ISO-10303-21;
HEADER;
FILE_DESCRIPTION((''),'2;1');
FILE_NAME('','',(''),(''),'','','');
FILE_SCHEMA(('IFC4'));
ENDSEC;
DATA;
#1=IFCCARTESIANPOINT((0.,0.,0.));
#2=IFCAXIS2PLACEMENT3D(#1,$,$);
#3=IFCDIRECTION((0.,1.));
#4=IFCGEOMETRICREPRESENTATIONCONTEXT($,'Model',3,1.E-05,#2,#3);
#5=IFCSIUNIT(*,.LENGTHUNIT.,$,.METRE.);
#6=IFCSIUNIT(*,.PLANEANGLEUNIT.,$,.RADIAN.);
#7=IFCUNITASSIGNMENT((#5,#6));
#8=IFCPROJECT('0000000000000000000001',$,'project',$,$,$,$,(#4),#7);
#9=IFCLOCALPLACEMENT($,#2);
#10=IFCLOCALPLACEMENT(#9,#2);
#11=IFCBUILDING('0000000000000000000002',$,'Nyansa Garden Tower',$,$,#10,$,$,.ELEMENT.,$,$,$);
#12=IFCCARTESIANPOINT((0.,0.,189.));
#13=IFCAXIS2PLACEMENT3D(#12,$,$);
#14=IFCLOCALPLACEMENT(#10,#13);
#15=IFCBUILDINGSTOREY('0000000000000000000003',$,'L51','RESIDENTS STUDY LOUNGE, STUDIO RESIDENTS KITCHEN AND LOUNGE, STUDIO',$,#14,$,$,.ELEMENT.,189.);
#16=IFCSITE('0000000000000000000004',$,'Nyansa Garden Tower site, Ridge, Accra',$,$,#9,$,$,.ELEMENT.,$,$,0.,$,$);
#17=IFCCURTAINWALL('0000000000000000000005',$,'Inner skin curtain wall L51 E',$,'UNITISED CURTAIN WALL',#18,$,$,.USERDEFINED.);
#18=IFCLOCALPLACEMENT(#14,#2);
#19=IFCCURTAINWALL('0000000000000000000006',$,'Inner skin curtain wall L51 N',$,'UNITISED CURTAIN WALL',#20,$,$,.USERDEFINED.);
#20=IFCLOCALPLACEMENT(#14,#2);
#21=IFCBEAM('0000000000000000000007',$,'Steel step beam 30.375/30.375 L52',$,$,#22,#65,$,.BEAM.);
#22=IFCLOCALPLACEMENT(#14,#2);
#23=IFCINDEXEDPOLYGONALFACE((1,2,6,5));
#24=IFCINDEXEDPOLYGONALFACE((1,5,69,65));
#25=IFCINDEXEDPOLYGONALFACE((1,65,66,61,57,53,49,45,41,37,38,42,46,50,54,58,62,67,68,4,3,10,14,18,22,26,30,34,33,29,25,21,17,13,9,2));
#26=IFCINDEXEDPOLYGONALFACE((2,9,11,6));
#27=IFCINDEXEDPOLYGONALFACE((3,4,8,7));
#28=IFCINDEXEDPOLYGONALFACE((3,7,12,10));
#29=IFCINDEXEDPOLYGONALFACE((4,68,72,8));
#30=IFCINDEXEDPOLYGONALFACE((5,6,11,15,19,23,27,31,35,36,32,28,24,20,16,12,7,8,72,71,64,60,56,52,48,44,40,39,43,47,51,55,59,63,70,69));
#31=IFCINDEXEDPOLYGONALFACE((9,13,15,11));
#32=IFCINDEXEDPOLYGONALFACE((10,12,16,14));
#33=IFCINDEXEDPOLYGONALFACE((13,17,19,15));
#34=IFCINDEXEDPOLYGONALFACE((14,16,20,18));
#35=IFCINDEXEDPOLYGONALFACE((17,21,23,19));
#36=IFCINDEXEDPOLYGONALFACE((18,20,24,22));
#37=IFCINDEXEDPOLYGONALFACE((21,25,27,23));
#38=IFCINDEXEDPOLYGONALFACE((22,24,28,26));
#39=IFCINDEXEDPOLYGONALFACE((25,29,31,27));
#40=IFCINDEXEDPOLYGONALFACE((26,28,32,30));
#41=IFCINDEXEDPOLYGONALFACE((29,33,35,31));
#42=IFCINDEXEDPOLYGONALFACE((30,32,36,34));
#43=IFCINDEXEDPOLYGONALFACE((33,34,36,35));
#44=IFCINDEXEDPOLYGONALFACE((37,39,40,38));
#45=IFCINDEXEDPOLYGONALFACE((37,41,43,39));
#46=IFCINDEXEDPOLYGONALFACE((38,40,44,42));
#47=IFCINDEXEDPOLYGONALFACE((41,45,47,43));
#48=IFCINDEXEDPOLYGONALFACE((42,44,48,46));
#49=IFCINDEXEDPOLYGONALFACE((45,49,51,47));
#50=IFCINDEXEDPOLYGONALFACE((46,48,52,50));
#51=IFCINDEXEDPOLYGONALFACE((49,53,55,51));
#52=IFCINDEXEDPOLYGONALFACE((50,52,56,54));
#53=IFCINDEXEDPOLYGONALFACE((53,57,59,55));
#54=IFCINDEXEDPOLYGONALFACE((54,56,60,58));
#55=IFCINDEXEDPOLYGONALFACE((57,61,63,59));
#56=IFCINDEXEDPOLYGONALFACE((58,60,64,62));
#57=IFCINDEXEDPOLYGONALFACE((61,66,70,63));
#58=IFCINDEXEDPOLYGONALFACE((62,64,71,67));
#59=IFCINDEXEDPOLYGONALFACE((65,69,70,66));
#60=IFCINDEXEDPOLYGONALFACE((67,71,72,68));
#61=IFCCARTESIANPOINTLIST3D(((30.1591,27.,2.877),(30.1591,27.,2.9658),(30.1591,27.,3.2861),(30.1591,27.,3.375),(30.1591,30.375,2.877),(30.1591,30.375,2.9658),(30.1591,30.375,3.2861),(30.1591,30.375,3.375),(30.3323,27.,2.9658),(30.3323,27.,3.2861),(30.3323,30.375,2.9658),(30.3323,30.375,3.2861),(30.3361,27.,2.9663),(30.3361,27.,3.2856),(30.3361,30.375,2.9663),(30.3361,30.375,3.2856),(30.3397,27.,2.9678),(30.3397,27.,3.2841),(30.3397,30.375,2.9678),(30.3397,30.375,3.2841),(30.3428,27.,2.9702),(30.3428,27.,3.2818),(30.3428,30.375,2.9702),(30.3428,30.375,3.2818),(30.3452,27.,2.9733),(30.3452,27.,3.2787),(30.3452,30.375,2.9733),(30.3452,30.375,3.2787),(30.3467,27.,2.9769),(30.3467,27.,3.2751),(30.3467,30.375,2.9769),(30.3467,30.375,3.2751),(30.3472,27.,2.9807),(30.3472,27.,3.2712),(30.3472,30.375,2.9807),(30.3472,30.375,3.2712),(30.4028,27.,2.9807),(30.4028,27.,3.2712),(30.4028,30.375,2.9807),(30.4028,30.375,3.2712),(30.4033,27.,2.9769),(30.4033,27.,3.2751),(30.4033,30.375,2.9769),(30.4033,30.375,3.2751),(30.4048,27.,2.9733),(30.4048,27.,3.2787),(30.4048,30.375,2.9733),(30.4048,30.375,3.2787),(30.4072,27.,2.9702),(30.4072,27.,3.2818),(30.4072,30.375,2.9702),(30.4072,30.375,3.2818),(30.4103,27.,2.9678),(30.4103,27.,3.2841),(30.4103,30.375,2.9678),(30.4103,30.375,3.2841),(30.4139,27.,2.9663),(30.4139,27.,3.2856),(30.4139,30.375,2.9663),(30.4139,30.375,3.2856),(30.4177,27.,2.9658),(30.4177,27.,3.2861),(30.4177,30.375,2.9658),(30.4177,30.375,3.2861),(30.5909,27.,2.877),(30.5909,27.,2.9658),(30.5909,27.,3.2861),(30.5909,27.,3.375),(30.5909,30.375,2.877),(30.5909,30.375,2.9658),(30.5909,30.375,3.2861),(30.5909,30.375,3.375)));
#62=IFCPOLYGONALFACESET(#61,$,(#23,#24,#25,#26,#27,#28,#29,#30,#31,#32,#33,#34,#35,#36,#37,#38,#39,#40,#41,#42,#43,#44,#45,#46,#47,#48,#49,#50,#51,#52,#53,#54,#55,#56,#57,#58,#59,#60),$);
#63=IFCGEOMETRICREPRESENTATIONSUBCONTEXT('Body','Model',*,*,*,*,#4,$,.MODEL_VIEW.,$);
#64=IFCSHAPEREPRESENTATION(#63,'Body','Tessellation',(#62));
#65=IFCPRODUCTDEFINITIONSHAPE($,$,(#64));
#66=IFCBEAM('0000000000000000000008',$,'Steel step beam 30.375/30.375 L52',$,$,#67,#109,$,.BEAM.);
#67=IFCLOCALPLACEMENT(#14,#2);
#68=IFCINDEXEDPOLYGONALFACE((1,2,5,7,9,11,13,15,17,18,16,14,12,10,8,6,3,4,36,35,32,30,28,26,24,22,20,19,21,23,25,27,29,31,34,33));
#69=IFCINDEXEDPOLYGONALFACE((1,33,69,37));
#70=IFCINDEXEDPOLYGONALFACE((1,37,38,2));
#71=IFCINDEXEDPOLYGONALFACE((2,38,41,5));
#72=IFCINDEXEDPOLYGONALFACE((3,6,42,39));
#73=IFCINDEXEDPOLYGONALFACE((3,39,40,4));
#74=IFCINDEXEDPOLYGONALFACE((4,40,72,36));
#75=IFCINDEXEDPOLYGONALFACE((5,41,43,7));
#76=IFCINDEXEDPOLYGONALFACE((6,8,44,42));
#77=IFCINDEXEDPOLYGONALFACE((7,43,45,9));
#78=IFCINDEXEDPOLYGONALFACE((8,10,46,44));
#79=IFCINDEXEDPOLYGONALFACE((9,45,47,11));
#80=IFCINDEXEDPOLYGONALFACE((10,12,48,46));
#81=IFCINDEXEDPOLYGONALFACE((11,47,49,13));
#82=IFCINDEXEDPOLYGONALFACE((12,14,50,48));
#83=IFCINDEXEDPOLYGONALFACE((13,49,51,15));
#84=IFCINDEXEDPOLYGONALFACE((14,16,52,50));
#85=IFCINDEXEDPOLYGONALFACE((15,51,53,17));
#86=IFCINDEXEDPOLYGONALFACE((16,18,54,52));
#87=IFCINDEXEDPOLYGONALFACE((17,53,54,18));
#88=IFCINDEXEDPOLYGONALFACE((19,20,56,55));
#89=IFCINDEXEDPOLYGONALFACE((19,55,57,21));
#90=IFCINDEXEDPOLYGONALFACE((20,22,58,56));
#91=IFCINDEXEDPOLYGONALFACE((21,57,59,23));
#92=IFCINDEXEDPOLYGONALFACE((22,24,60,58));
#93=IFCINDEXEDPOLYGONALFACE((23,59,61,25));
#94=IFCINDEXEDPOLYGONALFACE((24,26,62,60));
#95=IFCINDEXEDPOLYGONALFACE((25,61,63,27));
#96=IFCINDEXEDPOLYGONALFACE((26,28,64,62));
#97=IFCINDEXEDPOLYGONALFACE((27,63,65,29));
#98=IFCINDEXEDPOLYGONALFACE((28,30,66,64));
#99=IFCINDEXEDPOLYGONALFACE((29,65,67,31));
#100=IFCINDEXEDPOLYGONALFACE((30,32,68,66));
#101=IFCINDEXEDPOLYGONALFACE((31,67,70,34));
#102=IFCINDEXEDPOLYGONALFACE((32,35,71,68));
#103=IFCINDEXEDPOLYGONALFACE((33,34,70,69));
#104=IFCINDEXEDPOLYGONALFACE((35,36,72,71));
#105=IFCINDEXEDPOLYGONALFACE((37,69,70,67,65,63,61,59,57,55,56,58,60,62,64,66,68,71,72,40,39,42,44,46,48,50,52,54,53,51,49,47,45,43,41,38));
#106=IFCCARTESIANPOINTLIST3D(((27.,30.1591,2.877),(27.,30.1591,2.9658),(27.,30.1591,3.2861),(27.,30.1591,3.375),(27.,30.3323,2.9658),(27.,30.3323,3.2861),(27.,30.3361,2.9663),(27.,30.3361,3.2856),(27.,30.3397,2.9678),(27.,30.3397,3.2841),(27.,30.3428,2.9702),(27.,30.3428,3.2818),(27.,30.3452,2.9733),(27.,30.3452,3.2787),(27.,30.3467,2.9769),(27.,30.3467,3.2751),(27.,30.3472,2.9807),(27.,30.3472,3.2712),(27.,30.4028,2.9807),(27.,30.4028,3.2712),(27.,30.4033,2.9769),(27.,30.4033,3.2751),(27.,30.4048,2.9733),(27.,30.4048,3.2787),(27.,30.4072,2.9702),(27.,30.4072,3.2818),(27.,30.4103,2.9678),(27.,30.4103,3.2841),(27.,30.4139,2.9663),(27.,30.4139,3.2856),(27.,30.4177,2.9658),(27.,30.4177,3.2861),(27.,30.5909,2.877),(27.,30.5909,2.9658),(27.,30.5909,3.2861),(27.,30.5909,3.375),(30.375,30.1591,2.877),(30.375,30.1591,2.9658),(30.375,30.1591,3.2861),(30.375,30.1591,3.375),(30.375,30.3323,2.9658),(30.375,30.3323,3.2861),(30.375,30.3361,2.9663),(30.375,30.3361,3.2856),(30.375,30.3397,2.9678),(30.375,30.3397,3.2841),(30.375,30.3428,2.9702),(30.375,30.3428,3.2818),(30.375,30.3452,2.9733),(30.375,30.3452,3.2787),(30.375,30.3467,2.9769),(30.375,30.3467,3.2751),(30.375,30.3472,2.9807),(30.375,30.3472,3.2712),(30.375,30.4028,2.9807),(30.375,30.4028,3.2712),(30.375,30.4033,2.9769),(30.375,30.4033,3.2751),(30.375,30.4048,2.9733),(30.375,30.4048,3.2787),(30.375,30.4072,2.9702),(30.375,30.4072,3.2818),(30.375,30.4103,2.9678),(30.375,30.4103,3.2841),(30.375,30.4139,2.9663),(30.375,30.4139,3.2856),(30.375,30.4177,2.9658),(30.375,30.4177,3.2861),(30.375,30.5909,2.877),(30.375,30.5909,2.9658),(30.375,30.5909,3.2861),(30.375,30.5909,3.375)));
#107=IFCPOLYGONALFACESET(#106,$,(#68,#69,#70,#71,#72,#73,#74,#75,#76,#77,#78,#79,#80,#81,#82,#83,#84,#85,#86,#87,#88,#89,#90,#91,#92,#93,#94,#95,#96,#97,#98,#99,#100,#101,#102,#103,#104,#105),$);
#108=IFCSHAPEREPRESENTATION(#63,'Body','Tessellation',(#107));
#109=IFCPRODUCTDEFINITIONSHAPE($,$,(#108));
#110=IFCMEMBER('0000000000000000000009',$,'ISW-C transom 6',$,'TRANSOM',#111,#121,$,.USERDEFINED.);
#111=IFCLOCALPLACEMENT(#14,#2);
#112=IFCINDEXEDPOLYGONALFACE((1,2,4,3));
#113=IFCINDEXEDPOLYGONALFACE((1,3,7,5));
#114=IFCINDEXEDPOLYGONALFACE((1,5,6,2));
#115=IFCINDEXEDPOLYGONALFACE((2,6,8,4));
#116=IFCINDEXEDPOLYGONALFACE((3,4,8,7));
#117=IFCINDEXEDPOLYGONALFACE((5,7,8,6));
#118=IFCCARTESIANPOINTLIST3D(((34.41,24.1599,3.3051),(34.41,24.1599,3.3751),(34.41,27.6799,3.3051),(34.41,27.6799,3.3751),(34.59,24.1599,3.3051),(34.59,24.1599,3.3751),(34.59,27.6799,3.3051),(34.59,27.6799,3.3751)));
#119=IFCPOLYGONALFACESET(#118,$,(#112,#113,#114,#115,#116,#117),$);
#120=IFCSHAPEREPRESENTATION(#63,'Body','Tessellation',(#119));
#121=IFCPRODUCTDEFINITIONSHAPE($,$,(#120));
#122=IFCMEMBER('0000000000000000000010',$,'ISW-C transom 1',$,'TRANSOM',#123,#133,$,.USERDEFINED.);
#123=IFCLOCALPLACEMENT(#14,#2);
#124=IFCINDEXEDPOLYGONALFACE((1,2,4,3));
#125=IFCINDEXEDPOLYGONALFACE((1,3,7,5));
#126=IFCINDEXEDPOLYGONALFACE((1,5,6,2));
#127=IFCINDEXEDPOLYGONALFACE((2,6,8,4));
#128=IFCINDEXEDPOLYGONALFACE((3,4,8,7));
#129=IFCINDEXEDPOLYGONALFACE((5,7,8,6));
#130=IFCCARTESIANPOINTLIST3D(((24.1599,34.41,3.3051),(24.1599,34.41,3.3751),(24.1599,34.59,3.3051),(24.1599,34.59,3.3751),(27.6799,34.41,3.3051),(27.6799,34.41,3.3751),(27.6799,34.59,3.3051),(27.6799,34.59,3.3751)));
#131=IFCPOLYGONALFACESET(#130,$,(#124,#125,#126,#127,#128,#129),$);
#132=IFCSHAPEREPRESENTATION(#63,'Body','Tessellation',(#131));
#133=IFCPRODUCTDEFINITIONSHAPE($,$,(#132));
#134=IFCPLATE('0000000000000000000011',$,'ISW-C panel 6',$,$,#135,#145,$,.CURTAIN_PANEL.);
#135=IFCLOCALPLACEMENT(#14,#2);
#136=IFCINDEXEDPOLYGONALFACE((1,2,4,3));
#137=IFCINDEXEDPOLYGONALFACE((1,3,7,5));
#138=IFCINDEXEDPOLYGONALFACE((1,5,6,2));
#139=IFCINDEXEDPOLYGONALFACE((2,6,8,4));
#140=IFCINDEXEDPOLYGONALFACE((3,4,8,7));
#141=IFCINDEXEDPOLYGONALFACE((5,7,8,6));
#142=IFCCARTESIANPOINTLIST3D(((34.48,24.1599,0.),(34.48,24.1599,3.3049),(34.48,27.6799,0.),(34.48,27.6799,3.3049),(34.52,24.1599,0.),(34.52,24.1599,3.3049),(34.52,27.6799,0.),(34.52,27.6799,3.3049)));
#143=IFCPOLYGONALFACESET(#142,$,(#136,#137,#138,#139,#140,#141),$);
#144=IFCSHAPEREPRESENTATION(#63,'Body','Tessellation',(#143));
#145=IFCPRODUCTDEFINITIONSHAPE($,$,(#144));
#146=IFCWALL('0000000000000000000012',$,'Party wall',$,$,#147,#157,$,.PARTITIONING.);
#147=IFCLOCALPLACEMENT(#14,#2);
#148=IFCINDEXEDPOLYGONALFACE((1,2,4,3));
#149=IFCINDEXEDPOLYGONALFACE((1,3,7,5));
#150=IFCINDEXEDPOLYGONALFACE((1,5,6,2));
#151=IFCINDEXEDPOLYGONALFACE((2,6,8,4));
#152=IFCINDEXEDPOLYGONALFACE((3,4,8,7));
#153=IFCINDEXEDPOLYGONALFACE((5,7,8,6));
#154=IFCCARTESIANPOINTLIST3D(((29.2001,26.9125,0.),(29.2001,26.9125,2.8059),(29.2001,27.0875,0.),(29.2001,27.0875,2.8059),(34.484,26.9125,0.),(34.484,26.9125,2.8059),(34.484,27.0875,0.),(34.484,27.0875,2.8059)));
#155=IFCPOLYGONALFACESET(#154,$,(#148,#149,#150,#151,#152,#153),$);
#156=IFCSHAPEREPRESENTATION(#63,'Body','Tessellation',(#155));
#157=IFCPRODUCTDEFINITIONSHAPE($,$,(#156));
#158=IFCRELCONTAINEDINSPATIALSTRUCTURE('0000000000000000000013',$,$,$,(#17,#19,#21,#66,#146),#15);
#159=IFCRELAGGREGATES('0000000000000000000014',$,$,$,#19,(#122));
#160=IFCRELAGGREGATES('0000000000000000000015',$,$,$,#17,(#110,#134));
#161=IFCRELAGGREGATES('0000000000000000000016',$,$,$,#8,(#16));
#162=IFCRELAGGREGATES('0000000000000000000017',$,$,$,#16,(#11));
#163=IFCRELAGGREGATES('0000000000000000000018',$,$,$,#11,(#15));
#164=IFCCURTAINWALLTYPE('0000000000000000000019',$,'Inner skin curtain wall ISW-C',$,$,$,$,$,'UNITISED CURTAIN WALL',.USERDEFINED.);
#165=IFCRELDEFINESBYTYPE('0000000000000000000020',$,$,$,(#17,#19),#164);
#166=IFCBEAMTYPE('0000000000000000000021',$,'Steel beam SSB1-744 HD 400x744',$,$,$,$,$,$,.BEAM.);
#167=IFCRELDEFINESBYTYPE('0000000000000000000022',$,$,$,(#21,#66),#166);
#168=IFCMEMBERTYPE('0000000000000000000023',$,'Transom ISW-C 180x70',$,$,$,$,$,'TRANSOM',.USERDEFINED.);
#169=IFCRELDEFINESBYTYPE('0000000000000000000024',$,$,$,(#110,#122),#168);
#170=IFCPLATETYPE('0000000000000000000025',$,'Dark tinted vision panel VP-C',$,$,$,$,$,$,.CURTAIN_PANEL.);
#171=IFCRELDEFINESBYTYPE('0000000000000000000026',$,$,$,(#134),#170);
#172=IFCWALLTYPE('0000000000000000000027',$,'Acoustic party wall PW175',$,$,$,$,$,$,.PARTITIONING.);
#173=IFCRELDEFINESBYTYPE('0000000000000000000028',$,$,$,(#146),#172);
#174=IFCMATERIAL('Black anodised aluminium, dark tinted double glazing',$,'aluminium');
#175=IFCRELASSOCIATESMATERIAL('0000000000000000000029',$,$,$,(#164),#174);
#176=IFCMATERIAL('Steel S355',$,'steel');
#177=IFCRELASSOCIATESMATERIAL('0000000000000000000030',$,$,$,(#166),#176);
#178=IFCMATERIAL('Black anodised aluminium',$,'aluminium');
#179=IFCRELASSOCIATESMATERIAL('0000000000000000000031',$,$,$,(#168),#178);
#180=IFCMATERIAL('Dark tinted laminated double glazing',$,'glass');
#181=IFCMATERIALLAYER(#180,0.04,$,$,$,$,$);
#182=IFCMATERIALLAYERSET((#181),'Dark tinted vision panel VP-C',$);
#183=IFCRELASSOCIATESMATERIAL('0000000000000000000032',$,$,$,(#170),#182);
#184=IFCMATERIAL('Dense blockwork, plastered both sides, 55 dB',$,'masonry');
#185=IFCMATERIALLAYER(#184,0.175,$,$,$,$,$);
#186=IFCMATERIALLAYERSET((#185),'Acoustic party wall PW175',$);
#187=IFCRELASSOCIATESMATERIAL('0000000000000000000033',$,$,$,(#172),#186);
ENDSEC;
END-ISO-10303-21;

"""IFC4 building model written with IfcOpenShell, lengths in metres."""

from ifc_helpers import new_model, si_unit, direction, frame, frame_2d, origin, origin_2d, place, context, subcontext, project, spatial, rectangle, i_section, extrude, material, layer, layer_set, material_profile, profile_set, type_object, element, aggregate, save


model = new_model("IFC4")

# Units and contexts
model_context = context("Model", 3, precision=1e-05, world=origin(), true_north=direction((0.0, 1.0)))
body_context = subcontext(model_context, "Body", "Model", "MODEL_VIEW")
ifc_project = project(units=[si_unit("LENGTHUNIT", "METRE"), si_unit("PLANEANGLEUNIT", "RADIAN")], contexts=[model_context])

# Site, building, storey
site_placement = place(None, origin())
site = spatial("IfcSite", under=ifc_project, at=site_placement, Name="Nyansa Garden Tower site, Ridge, Accra", CompositionType="ELEMENT", RefElevation=0.0)
building_placement = place(site_placement, origin())
building = spatial("IfcBuilding", under=site, at=building_placement, Name="Nyansa Garden Tower", CompositionType="ELEMENT")
storey_placement = place(building_placement, frame((0.0, 0.0, 189.0)))
storey = spatial("IfcBuildingStorey", under=building, at=storey_placement, Name="L51", Description="RESIDENTS STUDY LOUNGE, STUDIO RESIDENTS KITCHEN AND LOUNGE, STUDIO", CompositionType="ELEMENT", Elevation=189.0)

# Curtain wall
ifc_material_1 = material(Name="Black anodised aluminium, dark tinted double glazing", Category="aluminium")
curtain_wall_type = type_object("IfcCurtainWallType", Name="Inner skin curtain wall ISW-C", ElementType="UNITISED CURTAIN WALL", PredefinedType="USERDEFINED", material=ifc_material_1)
curtain_wall_1_placement = place(storey_placement, origin())
curtain_wall_1 = element("IfcCurtainWall", 1, at=curtain_wall_1_placement, inside=storey, type_object=curtain_wall_type, Name="Inner skin curtain wall L51 E", ObjectType="UNITISED CURTAIN WALL", PredefinedType="USERDEFINED")

# Curtain wall
curtain_wall_2_placement = place(storey_placement, origin())
curtain_wall_2 = element("IfcCurtainWall", 2, at=curtain_wall_2_placement, inside=storey, type_object=curtain_wall_type, Name="Inner skin curtain wall L51 N", ObjectType="UNITISED CURTAIN WALL", PredefinedType="USERDEFINED")

# Beams
ifc_material_2 = material(Name="Steel S355", Category="steel")
ifc_material_profile_1 = material_profile(ifc_material_2, i_section(OverallWidth=0.4319, OverallDepth=0.498, WebThickness=0.0557, FlangeThickness=0.0889, FilletRadius=0.0149, at=origin_2d()), Name="HD 400x744")
ifc_profile_set_1 = profile_set([ifc_material_profile_1], Name="Steel S355")
beam_type_1 = type_object("IfcBeamType", Name="Steel beam SSB1-744 HD 400x744", PredefinedType="BEAM", material=ifc_profile_set_1)
for number, where, z_axis, x_axis, name in (
    (3, (30.375, 30.375, 3.126), (0.0, -1.0, 0.0), (1.0, 0.0, 0.0), "Steel step beam 30.375/30.375 L52"),
    (4, (30.375, 30.375, 3.126), (-1.0, 0.0, 0.0), (0.0, -1.0, 0.0), "Steel step beam 30.375/30.375 L52"),
):
    element("IfcBeam", number, at=place(storey_placement, frame(where, z_axis=z_axis, x_axis=x_axis)), inside=storey, type_object=beam_type_1, Name=name, PredefinedType="BEAM", context=body_context, shape_type="SweptSolid", body=[
        extrude(i_section(OverallWidth=0.4319, OverallDepth=0.498, WebThickness=0.0557, FlangeThickness=0.0889, FilletRadius=0.0149, at=origin_2d()), origin(), (0.0, 0.0, 1.0), 3.375),
    ])

# Members
ifc_material_3 = material(Name="Black anodised aluminium", Category="aluminium")
ifc_material_profile_2 = material_profile(ifc_material_3, rectangle(XDim=0.1799, YDim=0.0701, at=origin_2d()), Name="Transom 180x70")
ifc_profile_set_2 = profile_set([ifc_material_profile_2], Name="Black anodised aluminium")
member_type_1 = type_object("IfcMemberType", Name="Transom ISW-C 180x70", ElementType="TRANSOM", PredefinedType="USERDEFINED", material=ifc_profile_set_2)
member_1_placement = place(storey_placement, frame((34.5, 24.1599, 3.3401), z_axis=(0.0, 1.0, 0.0), x_axis=(-1.0, 0.0, 0.0)))
member_1 = element("IfcMember", 5, at=member_1_placement, type_object=member_type_1, Name="ISW-C transom 6", ObjectType="TRANSOM", PredefinedType="USERDEFINED", context=body_context, shape_type="SweptSolid", body=[
    extrude(rectangle(XDim=0.1799, YDim=0.0701, at=origin_2d()), origin(), (0.0, 0.0, 1.0), 3.52),
])
member_2_placement = place(storey_placement, frame((27.6799, 34.5, 3.3401), z_axis=(-1.0, 0.0, 0.0), x_axis=(0.0, -1.0, 0.0)))
member_2 = element("IfcMember", 6, at=member_2_placement, type_object=member_type_1, Name="ISW-C transom 1", ObjectType="TRANSOM", PredefinedType="USERDEFINED", context=body_context, shape_type="SweptSolid", body=[
    extrude(rectangle(XDim=0.1799, YDim=0.0701, at=origin_2d()), origin(), (0.0, 0.0, 1.0), 3.52),
])
aggregate(curtain_wall_2, [member_2])

# Plate
ifc_material_4 = material(Name="Dark tinted laminated double glazing", Category="glass")
ifc_layer_1 = layer(ifc_material_4, 0.04)
ifc_layer_set_1 = layer_set([ifc_layer_1], Name="Dark tinted vision panel VP-C")
plate_type = type_object("IfcPlateType", Name="Dark tinted vision panel VP-C", PredefinedType="CURTAIN_PANEL", material=ifc_layer_set_1)
plate_placement = place(storey_placement, frame((34.5, 25.9199, 0.0), z_axis=(0.0, 0.0, 1.0), x_axis=(0.0, 1.0, 0.0)))
plate = element("IfcPlate", 7, at=plate_placement, type_object=plate_type, Name="ISW-C panel 6", PredefinedType="CURTAIN_PANEL", context=body_context, shape_type="SweptSolid", body=[
    extrude(rectangle(XDim=3.52, YDim=0.04, at=origin_2d()), origin(), (0.0, 0.0, 1.0), 3.3049),
])
aggregate(curtain_wall_1, [member_1, plate])

# Wall
ifc_material_5 = material(Name="Dense blockwork, plastered both sides, 55 dB", Category="masonry")
ifc_layer_2 = layer(ifc_material_5, 0.175)
ifc_layer_set_2 = layer_set([ifc_layer_2], Name="Acoustic party wall PW175")
wall_type_1 = type_object("IfcWallType", Name="Acoustic party wall PW175", PredefinedType="PARTITIONING", material=ifc_layer_set_2)
wall_1_placement = place(storey_placement, frame((29.2, 27.0, 0.0), z_axis=(0.0, 0.0, 1.0), x_axis=(1.0, 0.0, 0.0)))
element("IfcWall", 8, at=wall_1_placement, inside=storey, type_object=wall_type_1, Name="Party wall", PredefinedType="PARTITIONING", context=body_context, shape_type="SweptSolid", body=[
    extrude(rectangle(XDim=5.2839, YDim=0.175, at=frame_2d((2.6421, 0.0))), origin(), (0.0, 0.0, 1.0), 2.8059),
])

save(model, "model.ifc")
